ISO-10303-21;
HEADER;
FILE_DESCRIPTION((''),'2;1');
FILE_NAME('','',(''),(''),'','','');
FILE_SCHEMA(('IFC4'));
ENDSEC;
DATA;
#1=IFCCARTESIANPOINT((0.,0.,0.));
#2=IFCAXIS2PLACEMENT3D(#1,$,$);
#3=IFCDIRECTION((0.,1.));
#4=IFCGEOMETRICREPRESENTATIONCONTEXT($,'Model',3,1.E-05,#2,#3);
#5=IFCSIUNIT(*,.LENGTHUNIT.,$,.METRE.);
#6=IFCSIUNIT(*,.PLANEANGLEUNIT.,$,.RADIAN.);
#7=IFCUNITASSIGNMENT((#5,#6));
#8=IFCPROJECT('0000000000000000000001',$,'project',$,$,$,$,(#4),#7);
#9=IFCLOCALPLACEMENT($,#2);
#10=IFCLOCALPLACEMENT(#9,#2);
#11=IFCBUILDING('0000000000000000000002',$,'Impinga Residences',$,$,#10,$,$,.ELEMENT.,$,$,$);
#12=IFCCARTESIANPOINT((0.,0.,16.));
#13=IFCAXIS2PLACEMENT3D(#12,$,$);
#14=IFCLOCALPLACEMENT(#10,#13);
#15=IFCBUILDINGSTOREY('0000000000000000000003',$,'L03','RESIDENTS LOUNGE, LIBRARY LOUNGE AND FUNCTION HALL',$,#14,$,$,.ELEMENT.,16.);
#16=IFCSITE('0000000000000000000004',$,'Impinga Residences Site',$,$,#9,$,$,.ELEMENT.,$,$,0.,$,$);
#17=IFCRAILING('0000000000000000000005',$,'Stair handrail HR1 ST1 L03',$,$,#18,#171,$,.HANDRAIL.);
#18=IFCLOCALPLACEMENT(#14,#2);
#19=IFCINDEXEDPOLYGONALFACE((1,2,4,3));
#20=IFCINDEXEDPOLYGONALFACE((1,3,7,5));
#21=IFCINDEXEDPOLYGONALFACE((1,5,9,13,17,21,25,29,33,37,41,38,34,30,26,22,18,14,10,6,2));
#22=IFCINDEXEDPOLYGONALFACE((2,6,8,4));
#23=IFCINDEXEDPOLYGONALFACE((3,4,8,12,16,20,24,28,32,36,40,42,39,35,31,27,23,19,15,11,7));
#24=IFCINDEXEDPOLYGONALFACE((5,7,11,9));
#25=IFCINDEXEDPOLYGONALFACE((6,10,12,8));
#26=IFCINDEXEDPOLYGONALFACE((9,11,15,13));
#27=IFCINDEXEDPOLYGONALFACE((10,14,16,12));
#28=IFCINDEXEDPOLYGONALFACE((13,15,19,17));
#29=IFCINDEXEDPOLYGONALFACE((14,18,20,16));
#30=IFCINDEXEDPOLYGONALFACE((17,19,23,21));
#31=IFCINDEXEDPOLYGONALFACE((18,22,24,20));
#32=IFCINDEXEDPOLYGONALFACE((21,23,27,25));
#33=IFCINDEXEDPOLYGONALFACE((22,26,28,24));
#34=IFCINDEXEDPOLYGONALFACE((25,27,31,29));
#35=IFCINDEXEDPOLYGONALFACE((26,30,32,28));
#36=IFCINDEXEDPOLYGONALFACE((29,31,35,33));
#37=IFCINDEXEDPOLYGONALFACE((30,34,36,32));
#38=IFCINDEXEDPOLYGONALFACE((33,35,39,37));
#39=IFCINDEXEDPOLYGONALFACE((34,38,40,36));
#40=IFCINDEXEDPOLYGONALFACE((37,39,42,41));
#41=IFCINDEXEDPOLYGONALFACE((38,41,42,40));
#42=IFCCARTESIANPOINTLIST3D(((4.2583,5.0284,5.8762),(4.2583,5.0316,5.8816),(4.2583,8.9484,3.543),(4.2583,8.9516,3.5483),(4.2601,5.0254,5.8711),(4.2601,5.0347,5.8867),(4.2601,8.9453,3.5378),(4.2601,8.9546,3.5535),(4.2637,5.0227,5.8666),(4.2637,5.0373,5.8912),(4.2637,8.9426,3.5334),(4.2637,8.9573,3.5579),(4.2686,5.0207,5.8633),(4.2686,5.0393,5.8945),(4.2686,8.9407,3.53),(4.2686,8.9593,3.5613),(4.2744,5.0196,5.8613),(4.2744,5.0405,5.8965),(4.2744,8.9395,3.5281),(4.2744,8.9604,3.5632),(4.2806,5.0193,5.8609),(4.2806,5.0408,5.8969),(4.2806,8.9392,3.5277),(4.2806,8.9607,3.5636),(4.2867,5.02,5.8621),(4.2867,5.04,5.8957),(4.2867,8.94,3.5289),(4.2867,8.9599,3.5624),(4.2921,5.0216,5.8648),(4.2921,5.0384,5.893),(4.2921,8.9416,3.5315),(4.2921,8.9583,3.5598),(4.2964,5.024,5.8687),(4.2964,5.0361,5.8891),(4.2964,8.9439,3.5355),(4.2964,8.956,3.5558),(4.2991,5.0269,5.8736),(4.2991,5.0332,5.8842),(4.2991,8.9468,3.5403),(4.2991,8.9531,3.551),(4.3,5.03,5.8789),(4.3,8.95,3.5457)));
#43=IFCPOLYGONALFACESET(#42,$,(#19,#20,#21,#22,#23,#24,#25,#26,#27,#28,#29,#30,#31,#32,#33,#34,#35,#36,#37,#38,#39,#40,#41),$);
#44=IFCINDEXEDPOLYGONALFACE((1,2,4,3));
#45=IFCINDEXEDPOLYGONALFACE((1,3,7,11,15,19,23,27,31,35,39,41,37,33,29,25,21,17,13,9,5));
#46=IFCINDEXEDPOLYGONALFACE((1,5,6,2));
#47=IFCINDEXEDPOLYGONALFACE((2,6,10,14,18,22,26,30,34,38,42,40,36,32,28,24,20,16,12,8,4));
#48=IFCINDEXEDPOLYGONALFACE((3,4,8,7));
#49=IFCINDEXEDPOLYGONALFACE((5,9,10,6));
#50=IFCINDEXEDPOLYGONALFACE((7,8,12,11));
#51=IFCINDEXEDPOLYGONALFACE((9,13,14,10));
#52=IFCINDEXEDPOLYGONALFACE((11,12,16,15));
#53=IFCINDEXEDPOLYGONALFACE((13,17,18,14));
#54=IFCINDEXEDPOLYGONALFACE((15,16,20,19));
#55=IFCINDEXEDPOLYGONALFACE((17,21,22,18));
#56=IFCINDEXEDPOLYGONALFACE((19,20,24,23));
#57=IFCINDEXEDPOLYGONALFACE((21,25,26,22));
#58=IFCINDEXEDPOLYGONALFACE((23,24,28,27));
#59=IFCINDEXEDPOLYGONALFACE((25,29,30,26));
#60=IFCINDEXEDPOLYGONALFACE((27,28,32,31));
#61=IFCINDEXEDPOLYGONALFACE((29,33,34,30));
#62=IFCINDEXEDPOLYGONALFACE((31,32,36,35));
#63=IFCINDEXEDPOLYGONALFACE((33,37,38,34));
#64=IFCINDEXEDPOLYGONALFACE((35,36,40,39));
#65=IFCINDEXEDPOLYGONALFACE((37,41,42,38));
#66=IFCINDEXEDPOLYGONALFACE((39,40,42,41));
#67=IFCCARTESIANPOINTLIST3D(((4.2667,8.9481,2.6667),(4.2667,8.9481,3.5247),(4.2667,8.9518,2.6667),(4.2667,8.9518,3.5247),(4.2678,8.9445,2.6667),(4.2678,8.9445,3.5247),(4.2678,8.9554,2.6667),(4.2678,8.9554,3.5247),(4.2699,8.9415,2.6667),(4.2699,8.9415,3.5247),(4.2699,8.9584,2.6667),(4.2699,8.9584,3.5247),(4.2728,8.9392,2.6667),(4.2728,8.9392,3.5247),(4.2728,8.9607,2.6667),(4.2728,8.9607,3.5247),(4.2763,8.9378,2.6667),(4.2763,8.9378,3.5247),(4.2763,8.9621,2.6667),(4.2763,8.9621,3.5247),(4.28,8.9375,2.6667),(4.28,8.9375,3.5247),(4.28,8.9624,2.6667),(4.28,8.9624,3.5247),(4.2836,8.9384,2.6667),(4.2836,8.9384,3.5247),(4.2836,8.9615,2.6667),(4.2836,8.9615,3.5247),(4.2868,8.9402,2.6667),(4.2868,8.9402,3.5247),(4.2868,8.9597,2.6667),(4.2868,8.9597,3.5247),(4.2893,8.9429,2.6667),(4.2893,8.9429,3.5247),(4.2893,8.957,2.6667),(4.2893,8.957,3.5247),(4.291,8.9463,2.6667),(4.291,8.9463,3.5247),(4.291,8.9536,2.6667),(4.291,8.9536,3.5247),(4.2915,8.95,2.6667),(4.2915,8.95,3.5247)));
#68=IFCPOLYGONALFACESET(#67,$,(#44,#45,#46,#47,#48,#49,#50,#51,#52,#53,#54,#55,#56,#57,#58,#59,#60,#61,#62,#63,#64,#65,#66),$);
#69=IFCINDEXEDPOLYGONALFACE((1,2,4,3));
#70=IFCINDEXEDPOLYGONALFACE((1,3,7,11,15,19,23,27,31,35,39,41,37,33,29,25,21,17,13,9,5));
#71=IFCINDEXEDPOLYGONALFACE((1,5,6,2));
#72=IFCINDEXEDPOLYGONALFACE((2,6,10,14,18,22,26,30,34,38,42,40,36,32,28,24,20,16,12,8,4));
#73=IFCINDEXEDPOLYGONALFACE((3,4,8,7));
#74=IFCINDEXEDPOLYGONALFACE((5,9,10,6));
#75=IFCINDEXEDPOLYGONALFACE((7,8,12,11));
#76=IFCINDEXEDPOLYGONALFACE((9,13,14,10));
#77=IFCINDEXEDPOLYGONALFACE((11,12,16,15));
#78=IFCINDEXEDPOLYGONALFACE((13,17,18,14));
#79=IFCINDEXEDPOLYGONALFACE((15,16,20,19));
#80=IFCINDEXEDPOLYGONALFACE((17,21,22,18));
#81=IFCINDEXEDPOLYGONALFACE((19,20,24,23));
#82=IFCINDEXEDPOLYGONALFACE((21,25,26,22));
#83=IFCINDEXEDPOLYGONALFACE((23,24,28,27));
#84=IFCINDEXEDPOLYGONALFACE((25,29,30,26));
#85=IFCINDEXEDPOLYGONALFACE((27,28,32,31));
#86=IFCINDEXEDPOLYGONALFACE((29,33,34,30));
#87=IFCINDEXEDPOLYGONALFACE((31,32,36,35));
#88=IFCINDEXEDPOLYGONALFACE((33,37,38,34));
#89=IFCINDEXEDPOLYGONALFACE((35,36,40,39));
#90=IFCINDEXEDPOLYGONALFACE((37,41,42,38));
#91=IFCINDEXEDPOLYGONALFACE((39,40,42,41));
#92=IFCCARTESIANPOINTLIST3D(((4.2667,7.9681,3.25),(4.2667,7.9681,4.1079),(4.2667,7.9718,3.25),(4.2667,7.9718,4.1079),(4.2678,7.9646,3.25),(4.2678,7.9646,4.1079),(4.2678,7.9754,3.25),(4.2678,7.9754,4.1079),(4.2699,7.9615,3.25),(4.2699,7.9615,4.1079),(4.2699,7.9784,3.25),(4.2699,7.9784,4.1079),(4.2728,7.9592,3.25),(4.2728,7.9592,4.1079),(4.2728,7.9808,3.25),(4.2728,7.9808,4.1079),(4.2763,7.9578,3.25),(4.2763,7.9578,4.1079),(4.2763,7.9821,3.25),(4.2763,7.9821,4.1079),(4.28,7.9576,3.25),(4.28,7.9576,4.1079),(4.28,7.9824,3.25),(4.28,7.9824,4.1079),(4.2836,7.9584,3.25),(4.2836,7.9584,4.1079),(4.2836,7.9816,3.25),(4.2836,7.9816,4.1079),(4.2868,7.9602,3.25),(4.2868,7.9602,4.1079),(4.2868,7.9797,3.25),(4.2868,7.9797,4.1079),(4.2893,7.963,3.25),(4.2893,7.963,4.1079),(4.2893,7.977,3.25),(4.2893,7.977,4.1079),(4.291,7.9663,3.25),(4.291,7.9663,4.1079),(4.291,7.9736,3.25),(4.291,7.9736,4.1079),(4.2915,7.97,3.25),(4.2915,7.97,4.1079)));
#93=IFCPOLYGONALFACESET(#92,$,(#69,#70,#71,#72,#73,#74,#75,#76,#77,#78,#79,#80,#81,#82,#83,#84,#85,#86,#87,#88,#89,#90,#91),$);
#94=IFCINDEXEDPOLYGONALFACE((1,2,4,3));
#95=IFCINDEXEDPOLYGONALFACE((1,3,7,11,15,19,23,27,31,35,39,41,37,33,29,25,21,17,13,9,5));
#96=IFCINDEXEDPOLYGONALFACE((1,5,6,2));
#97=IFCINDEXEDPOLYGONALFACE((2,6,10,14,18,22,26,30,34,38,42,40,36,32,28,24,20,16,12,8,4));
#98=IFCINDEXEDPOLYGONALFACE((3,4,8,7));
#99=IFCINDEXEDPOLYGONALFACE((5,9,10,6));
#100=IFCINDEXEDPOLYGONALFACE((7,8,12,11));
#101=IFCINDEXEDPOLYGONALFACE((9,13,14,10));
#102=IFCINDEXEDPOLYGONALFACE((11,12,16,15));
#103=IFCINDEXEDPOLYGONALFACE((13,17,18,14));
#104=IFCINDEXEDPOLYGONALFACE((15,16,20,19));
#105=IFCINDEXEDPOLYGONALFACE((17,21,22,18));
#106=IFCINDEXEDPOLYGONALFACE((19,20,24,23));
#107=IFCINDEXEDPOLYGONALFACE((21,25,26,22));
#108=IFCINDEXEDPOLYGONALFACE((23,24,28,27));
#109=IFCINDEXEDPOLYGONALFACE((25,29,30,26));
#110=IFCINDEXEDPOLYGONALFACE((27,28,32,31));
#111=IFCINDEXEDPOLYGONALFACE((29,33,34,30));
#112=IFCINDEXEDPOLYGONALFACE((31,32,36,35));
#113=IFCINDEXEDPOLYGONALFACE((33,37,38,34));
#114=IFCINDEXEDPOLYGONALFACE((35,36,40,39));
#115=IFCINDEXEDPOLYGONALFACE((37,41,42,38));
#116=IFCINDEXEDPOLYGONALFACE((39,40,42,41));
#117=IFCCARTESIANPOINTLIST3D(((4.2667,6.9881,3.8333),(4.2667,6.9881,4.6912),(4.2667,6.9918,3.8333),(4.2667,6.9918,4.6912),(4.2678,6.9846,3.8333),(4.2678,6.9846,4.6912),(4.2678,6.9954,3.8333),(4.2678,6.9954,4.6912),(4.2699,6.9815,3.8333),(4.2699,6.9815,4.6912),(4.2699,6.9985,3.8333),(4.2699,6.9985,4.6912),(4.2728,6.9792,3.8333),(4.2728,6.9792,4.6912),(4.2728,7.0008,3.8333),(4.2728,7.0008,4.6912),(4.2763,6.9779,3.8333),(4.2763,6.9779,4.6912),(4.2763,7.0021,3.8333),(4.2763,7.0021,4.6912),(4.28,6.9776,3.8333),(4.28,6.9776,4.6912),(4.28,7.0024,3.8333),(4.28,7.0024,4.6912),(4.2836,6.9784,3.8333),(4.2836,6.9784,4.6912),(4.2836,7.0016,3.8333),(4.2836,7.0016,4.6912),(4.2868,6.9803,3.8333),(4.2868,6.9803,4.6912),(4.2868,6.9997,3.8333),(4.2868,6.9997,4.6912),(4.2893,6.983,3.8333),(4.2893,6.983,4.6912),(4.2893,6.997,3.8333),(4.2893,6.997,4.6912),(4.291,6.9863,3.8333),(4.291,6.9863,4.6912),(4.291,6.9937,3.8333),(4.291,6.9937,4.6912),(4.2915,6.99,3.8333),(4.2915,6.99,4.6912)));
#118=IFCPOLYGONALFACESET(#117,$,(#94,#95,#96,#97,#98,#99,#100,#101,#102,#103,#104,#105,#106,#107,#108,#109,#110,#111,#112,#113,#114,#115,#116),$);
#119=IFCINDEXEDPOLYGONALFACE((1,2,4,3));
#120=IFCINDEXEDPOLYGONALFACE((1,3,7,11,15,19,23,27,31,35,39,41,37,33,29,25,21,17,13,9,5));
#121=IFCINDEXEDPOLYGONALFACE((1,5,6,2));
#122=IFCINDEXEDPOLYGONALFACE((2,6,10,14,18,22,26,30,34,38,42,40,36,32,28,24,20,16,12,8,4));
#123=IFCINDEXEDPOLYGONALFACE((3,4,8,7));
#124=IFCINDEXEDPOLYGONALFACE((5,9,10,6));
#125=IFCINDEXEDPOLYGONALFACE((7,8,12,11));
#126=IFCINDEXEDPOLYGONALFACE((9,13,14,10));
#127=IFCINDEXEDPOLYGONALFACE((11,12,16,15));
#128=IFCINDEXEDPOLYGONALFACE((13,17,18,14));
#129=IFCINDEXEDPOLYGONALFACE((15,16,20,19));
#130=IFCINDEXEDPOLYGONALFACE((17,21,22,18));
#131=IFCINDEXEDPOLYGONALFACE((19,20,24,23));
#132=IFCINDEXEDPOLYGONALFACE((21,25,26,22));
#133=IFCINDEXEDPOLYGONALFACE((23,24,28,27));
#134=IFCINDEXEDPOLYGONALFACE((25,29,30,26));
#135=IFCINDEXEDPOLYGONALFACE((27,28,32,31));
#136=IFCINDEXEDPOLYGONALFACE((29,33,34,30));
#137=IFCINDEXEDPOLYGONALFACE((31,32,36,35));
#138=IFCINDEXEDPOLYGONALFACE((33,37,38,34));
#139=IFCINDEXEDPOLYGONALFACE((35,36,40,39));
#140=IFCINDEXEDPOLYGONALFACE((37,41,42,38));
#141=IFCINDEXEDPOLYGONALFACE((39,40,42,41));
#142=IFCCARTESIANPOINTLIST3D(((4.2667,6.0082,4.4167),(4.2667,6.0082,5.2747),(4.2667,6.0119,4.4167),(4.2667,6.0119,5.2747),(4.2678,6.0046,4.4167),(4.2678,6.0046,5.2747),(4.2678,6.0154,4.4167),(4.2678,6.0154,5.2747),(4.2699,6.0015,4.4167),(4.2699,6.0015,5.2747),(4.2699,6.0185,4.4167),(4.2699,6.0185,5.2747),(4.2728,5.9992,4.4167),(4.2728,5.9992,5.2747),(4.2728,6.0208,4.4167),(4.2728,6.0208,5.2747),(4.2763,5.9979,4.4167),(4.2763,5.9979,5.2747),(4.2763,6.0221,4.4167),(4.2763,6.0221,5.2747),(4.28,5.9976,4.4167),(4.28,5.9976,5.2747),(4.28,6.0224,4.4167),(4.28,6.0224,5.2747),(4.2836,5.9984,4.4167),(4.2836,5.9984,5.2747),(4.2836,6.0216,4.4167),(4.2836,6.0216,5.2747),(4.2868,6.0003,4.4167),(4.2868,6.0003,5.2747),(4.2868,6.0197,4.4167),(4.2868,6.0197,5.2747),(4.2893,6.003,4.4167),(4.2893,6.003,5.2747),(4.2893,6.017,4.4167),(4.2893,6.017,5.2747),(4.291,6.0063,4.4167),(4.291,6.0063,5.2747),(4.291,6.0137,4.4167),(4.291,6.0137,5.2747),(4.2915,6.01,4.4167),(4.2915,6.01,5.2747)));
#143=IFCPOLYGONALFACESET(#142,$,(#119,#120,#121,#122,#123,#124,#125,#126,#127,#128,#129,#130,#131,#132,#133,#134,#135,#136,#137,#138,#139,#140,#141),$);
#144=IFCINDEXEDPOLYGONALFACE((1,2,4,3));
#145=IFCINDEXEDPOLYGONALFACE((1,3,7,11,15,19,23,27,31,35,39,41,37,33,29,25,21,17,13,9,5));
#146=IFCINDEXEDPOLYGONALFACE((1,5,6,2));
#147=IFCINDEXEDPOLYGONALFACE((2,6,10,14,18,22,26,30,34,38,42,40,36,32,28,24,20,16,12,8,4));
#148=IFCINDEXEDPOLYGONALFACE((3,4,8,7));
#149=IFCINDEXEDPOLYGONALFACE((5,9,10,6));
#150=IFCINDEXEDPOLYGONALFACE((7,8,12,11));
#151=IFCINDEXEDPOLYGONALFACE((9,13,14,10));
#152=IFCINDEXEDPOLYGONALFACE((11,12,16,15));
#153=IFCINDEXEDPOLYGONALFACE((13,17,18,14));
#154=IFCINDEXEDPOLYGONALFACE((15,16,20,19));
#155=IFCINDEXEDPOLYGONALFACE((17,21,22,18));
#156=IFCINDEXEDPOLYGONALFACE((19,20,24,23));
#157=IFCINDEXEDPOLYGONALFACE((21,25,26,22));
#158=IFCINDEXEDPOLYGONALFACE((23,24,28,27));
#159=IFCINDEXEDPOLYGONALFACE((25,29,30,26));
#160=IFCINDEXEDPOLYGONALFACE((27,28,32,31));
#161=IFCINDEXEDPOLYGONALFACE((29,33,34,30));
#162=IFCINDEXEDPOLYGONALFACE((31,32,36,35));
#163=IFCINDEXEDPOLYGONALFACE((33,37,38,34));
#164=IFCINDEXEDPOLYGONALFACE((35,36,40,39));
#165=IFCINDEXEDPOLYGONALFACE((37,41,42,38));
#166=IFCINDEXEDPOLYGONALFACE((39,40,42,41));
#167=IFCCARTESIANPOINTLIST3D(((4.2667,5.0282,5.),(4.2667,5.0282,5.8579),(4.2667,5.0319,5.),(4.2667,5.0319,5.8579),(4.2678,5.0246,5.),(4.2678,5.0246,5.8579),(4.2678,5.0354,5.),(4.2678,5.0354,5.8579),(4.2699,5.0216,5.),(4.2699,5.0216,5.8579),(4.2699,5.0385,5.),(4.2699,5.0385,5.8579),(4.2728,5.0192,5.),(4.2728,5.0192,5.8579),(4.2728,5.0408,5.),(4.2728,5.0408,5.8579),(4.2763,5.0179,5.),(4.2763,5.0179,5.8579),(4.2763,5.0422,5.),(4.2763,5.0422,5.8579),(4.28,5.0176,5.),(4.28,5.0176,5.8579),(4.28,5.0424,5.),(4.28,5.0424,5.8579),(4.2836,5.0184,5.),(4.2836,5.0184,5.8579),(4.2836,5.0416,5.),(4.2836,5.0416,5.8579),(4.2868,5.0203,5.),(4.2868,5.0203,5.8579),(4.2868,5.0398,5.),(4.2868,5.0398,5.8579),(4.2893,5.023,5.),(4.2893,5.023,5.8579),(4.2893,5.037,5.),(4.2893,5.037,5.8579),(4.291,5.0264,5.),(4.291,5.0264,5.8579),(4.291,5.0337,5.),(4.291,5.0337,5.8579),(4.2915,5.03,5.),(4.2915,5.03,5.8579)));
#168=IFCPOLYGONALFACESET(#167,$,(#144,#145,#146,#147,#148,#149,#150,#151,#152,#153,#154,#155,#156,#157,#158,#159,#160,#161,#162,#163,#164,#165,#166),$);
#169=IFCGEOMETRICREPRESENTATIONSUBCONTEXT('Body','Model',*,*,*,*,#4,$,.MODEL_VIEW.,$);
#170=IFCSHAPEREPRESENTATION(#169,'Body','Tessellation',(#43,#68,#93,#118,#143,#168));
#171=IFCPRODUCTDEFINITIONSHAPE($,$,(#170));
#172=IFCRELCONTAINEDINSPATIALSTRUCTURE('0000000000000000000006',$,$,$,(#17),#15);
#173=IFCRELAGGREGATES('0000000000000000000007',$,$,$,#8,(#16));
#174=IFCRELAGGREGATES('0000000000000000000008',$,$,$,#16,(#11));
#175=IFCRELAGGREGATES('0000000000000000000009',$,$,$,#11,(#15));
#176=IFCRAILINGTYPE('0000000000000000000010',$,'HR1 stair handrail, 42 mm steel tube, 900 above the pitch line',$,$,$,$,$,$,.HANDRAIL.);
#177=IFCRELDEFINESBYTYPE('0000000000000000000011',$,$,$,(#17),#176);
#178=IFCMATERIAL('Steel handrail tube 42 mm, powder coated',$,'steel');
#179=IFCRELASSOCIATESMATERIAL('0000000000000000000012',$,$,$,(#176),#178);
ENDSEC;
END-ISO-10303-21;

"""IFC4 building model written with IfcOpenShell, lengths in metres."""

from ifc_helpers import new_model, si_unit, direction, frame, origin, origin_2d, place, context, subcontext, project, spatial, circle, extrude, material, type_object, element, save


model = new_model("IFC4")

# Units and contexts
model_context = context("Model", 3, precision=1e-05, world=origin(), true_north=direction((0.0, 1.0)))
body_context = subcontext(model_context, "Body", "Model", "MODEL_VIEW")
ifc_project = project(units=[si_unit("LENGTHUNIT", "METRE"), si_unit("PLANEANGLEUNIT", "RADIAN")], contexts=[model_context])

# Site, building, storey
site_placement = place(None, origin())
site = spatial("IfcSite", under=ifc_project, at=site_placement, Name="Impinga Residences Site", CompositionType="ELEMENT", RefElevation=0.0)
building_placement = place(site_placement, origin())
building = spatial("IfcBuilding", under=site, at=building_placement, Name="Impinga Residences", CompositionType="ELEMENT")
storey_placement = place(building_placement, frame((0.0, 0.0, 16.0)))
storey = spatial("IfcBuildingStorey", under=building, at=storey_placement, Name="L03", Description="RESIDENTS LOUNGE, LIBRARY LOUNGE AND FUNCTION HALL", CompositionType="ELEMENT", Elevation=16.0)

# Railing
ifc_material_1 = material(Name="Steel handrail tube 42 mm, powder coated", Category="steel")
railing_type_1 = type_object("IfcRailingType", Name="HR1 stair handrail, 42 mm steel tube, 900 above the pitch line", PredefinedType="HANDRAIL", material=ifc_material_1)
railing_1_placement = place(storey_placement, frame((4.2791, 8.95, 2.6667)))
element("IfcRailing", 1, at=railing_1_placement, inside=storey, type_object=railing_type_1, Name="Stair handrail HR1 ST1 L03", PredefinedType="HANDRAIL", context=body_context, shape_type="SweptSolid", body=[
    extrude(circle(Radius=0.021, at=origin_2d()), frame((0.0, 0.0, 0.8789), z_axis=(0.0, -0.859296, 0.511478), x_axis=(1.0, 0.0, 0.0)), (0.0, 0.0, 1.0), 4.5618),
    extrude(circle(Radius=0.0125, at=origin_2d()), origin(), (0.0, 0.0, 1.0), 0.8579),
    extrude(circle(Radius=0.0125, at=origin_2d()), frame((0.0, -0.98, 0.5833)), (0.0, 0.0, 1.0), 0.8579),
    extrude(circle(Radius=0.0125, at=origin_2d()), frame((0.0, -1.96, 1.1665)), (0.0, 0.0, 1.0), 0.8579),
    extrude(circle(Radius=0.0125, at=origin_2d()), frame((0.0, -2.9399, 1.75)), (0.0, 0.0, 1.0), 0.8579),
    extrude(circle(Radius=0.0125, at=origin_2d()), frame((0.0, -3.9199, 2.3333)), (0.0, 0.0, 1.0), 0.8579),
])

save(model, "model.ifc")
